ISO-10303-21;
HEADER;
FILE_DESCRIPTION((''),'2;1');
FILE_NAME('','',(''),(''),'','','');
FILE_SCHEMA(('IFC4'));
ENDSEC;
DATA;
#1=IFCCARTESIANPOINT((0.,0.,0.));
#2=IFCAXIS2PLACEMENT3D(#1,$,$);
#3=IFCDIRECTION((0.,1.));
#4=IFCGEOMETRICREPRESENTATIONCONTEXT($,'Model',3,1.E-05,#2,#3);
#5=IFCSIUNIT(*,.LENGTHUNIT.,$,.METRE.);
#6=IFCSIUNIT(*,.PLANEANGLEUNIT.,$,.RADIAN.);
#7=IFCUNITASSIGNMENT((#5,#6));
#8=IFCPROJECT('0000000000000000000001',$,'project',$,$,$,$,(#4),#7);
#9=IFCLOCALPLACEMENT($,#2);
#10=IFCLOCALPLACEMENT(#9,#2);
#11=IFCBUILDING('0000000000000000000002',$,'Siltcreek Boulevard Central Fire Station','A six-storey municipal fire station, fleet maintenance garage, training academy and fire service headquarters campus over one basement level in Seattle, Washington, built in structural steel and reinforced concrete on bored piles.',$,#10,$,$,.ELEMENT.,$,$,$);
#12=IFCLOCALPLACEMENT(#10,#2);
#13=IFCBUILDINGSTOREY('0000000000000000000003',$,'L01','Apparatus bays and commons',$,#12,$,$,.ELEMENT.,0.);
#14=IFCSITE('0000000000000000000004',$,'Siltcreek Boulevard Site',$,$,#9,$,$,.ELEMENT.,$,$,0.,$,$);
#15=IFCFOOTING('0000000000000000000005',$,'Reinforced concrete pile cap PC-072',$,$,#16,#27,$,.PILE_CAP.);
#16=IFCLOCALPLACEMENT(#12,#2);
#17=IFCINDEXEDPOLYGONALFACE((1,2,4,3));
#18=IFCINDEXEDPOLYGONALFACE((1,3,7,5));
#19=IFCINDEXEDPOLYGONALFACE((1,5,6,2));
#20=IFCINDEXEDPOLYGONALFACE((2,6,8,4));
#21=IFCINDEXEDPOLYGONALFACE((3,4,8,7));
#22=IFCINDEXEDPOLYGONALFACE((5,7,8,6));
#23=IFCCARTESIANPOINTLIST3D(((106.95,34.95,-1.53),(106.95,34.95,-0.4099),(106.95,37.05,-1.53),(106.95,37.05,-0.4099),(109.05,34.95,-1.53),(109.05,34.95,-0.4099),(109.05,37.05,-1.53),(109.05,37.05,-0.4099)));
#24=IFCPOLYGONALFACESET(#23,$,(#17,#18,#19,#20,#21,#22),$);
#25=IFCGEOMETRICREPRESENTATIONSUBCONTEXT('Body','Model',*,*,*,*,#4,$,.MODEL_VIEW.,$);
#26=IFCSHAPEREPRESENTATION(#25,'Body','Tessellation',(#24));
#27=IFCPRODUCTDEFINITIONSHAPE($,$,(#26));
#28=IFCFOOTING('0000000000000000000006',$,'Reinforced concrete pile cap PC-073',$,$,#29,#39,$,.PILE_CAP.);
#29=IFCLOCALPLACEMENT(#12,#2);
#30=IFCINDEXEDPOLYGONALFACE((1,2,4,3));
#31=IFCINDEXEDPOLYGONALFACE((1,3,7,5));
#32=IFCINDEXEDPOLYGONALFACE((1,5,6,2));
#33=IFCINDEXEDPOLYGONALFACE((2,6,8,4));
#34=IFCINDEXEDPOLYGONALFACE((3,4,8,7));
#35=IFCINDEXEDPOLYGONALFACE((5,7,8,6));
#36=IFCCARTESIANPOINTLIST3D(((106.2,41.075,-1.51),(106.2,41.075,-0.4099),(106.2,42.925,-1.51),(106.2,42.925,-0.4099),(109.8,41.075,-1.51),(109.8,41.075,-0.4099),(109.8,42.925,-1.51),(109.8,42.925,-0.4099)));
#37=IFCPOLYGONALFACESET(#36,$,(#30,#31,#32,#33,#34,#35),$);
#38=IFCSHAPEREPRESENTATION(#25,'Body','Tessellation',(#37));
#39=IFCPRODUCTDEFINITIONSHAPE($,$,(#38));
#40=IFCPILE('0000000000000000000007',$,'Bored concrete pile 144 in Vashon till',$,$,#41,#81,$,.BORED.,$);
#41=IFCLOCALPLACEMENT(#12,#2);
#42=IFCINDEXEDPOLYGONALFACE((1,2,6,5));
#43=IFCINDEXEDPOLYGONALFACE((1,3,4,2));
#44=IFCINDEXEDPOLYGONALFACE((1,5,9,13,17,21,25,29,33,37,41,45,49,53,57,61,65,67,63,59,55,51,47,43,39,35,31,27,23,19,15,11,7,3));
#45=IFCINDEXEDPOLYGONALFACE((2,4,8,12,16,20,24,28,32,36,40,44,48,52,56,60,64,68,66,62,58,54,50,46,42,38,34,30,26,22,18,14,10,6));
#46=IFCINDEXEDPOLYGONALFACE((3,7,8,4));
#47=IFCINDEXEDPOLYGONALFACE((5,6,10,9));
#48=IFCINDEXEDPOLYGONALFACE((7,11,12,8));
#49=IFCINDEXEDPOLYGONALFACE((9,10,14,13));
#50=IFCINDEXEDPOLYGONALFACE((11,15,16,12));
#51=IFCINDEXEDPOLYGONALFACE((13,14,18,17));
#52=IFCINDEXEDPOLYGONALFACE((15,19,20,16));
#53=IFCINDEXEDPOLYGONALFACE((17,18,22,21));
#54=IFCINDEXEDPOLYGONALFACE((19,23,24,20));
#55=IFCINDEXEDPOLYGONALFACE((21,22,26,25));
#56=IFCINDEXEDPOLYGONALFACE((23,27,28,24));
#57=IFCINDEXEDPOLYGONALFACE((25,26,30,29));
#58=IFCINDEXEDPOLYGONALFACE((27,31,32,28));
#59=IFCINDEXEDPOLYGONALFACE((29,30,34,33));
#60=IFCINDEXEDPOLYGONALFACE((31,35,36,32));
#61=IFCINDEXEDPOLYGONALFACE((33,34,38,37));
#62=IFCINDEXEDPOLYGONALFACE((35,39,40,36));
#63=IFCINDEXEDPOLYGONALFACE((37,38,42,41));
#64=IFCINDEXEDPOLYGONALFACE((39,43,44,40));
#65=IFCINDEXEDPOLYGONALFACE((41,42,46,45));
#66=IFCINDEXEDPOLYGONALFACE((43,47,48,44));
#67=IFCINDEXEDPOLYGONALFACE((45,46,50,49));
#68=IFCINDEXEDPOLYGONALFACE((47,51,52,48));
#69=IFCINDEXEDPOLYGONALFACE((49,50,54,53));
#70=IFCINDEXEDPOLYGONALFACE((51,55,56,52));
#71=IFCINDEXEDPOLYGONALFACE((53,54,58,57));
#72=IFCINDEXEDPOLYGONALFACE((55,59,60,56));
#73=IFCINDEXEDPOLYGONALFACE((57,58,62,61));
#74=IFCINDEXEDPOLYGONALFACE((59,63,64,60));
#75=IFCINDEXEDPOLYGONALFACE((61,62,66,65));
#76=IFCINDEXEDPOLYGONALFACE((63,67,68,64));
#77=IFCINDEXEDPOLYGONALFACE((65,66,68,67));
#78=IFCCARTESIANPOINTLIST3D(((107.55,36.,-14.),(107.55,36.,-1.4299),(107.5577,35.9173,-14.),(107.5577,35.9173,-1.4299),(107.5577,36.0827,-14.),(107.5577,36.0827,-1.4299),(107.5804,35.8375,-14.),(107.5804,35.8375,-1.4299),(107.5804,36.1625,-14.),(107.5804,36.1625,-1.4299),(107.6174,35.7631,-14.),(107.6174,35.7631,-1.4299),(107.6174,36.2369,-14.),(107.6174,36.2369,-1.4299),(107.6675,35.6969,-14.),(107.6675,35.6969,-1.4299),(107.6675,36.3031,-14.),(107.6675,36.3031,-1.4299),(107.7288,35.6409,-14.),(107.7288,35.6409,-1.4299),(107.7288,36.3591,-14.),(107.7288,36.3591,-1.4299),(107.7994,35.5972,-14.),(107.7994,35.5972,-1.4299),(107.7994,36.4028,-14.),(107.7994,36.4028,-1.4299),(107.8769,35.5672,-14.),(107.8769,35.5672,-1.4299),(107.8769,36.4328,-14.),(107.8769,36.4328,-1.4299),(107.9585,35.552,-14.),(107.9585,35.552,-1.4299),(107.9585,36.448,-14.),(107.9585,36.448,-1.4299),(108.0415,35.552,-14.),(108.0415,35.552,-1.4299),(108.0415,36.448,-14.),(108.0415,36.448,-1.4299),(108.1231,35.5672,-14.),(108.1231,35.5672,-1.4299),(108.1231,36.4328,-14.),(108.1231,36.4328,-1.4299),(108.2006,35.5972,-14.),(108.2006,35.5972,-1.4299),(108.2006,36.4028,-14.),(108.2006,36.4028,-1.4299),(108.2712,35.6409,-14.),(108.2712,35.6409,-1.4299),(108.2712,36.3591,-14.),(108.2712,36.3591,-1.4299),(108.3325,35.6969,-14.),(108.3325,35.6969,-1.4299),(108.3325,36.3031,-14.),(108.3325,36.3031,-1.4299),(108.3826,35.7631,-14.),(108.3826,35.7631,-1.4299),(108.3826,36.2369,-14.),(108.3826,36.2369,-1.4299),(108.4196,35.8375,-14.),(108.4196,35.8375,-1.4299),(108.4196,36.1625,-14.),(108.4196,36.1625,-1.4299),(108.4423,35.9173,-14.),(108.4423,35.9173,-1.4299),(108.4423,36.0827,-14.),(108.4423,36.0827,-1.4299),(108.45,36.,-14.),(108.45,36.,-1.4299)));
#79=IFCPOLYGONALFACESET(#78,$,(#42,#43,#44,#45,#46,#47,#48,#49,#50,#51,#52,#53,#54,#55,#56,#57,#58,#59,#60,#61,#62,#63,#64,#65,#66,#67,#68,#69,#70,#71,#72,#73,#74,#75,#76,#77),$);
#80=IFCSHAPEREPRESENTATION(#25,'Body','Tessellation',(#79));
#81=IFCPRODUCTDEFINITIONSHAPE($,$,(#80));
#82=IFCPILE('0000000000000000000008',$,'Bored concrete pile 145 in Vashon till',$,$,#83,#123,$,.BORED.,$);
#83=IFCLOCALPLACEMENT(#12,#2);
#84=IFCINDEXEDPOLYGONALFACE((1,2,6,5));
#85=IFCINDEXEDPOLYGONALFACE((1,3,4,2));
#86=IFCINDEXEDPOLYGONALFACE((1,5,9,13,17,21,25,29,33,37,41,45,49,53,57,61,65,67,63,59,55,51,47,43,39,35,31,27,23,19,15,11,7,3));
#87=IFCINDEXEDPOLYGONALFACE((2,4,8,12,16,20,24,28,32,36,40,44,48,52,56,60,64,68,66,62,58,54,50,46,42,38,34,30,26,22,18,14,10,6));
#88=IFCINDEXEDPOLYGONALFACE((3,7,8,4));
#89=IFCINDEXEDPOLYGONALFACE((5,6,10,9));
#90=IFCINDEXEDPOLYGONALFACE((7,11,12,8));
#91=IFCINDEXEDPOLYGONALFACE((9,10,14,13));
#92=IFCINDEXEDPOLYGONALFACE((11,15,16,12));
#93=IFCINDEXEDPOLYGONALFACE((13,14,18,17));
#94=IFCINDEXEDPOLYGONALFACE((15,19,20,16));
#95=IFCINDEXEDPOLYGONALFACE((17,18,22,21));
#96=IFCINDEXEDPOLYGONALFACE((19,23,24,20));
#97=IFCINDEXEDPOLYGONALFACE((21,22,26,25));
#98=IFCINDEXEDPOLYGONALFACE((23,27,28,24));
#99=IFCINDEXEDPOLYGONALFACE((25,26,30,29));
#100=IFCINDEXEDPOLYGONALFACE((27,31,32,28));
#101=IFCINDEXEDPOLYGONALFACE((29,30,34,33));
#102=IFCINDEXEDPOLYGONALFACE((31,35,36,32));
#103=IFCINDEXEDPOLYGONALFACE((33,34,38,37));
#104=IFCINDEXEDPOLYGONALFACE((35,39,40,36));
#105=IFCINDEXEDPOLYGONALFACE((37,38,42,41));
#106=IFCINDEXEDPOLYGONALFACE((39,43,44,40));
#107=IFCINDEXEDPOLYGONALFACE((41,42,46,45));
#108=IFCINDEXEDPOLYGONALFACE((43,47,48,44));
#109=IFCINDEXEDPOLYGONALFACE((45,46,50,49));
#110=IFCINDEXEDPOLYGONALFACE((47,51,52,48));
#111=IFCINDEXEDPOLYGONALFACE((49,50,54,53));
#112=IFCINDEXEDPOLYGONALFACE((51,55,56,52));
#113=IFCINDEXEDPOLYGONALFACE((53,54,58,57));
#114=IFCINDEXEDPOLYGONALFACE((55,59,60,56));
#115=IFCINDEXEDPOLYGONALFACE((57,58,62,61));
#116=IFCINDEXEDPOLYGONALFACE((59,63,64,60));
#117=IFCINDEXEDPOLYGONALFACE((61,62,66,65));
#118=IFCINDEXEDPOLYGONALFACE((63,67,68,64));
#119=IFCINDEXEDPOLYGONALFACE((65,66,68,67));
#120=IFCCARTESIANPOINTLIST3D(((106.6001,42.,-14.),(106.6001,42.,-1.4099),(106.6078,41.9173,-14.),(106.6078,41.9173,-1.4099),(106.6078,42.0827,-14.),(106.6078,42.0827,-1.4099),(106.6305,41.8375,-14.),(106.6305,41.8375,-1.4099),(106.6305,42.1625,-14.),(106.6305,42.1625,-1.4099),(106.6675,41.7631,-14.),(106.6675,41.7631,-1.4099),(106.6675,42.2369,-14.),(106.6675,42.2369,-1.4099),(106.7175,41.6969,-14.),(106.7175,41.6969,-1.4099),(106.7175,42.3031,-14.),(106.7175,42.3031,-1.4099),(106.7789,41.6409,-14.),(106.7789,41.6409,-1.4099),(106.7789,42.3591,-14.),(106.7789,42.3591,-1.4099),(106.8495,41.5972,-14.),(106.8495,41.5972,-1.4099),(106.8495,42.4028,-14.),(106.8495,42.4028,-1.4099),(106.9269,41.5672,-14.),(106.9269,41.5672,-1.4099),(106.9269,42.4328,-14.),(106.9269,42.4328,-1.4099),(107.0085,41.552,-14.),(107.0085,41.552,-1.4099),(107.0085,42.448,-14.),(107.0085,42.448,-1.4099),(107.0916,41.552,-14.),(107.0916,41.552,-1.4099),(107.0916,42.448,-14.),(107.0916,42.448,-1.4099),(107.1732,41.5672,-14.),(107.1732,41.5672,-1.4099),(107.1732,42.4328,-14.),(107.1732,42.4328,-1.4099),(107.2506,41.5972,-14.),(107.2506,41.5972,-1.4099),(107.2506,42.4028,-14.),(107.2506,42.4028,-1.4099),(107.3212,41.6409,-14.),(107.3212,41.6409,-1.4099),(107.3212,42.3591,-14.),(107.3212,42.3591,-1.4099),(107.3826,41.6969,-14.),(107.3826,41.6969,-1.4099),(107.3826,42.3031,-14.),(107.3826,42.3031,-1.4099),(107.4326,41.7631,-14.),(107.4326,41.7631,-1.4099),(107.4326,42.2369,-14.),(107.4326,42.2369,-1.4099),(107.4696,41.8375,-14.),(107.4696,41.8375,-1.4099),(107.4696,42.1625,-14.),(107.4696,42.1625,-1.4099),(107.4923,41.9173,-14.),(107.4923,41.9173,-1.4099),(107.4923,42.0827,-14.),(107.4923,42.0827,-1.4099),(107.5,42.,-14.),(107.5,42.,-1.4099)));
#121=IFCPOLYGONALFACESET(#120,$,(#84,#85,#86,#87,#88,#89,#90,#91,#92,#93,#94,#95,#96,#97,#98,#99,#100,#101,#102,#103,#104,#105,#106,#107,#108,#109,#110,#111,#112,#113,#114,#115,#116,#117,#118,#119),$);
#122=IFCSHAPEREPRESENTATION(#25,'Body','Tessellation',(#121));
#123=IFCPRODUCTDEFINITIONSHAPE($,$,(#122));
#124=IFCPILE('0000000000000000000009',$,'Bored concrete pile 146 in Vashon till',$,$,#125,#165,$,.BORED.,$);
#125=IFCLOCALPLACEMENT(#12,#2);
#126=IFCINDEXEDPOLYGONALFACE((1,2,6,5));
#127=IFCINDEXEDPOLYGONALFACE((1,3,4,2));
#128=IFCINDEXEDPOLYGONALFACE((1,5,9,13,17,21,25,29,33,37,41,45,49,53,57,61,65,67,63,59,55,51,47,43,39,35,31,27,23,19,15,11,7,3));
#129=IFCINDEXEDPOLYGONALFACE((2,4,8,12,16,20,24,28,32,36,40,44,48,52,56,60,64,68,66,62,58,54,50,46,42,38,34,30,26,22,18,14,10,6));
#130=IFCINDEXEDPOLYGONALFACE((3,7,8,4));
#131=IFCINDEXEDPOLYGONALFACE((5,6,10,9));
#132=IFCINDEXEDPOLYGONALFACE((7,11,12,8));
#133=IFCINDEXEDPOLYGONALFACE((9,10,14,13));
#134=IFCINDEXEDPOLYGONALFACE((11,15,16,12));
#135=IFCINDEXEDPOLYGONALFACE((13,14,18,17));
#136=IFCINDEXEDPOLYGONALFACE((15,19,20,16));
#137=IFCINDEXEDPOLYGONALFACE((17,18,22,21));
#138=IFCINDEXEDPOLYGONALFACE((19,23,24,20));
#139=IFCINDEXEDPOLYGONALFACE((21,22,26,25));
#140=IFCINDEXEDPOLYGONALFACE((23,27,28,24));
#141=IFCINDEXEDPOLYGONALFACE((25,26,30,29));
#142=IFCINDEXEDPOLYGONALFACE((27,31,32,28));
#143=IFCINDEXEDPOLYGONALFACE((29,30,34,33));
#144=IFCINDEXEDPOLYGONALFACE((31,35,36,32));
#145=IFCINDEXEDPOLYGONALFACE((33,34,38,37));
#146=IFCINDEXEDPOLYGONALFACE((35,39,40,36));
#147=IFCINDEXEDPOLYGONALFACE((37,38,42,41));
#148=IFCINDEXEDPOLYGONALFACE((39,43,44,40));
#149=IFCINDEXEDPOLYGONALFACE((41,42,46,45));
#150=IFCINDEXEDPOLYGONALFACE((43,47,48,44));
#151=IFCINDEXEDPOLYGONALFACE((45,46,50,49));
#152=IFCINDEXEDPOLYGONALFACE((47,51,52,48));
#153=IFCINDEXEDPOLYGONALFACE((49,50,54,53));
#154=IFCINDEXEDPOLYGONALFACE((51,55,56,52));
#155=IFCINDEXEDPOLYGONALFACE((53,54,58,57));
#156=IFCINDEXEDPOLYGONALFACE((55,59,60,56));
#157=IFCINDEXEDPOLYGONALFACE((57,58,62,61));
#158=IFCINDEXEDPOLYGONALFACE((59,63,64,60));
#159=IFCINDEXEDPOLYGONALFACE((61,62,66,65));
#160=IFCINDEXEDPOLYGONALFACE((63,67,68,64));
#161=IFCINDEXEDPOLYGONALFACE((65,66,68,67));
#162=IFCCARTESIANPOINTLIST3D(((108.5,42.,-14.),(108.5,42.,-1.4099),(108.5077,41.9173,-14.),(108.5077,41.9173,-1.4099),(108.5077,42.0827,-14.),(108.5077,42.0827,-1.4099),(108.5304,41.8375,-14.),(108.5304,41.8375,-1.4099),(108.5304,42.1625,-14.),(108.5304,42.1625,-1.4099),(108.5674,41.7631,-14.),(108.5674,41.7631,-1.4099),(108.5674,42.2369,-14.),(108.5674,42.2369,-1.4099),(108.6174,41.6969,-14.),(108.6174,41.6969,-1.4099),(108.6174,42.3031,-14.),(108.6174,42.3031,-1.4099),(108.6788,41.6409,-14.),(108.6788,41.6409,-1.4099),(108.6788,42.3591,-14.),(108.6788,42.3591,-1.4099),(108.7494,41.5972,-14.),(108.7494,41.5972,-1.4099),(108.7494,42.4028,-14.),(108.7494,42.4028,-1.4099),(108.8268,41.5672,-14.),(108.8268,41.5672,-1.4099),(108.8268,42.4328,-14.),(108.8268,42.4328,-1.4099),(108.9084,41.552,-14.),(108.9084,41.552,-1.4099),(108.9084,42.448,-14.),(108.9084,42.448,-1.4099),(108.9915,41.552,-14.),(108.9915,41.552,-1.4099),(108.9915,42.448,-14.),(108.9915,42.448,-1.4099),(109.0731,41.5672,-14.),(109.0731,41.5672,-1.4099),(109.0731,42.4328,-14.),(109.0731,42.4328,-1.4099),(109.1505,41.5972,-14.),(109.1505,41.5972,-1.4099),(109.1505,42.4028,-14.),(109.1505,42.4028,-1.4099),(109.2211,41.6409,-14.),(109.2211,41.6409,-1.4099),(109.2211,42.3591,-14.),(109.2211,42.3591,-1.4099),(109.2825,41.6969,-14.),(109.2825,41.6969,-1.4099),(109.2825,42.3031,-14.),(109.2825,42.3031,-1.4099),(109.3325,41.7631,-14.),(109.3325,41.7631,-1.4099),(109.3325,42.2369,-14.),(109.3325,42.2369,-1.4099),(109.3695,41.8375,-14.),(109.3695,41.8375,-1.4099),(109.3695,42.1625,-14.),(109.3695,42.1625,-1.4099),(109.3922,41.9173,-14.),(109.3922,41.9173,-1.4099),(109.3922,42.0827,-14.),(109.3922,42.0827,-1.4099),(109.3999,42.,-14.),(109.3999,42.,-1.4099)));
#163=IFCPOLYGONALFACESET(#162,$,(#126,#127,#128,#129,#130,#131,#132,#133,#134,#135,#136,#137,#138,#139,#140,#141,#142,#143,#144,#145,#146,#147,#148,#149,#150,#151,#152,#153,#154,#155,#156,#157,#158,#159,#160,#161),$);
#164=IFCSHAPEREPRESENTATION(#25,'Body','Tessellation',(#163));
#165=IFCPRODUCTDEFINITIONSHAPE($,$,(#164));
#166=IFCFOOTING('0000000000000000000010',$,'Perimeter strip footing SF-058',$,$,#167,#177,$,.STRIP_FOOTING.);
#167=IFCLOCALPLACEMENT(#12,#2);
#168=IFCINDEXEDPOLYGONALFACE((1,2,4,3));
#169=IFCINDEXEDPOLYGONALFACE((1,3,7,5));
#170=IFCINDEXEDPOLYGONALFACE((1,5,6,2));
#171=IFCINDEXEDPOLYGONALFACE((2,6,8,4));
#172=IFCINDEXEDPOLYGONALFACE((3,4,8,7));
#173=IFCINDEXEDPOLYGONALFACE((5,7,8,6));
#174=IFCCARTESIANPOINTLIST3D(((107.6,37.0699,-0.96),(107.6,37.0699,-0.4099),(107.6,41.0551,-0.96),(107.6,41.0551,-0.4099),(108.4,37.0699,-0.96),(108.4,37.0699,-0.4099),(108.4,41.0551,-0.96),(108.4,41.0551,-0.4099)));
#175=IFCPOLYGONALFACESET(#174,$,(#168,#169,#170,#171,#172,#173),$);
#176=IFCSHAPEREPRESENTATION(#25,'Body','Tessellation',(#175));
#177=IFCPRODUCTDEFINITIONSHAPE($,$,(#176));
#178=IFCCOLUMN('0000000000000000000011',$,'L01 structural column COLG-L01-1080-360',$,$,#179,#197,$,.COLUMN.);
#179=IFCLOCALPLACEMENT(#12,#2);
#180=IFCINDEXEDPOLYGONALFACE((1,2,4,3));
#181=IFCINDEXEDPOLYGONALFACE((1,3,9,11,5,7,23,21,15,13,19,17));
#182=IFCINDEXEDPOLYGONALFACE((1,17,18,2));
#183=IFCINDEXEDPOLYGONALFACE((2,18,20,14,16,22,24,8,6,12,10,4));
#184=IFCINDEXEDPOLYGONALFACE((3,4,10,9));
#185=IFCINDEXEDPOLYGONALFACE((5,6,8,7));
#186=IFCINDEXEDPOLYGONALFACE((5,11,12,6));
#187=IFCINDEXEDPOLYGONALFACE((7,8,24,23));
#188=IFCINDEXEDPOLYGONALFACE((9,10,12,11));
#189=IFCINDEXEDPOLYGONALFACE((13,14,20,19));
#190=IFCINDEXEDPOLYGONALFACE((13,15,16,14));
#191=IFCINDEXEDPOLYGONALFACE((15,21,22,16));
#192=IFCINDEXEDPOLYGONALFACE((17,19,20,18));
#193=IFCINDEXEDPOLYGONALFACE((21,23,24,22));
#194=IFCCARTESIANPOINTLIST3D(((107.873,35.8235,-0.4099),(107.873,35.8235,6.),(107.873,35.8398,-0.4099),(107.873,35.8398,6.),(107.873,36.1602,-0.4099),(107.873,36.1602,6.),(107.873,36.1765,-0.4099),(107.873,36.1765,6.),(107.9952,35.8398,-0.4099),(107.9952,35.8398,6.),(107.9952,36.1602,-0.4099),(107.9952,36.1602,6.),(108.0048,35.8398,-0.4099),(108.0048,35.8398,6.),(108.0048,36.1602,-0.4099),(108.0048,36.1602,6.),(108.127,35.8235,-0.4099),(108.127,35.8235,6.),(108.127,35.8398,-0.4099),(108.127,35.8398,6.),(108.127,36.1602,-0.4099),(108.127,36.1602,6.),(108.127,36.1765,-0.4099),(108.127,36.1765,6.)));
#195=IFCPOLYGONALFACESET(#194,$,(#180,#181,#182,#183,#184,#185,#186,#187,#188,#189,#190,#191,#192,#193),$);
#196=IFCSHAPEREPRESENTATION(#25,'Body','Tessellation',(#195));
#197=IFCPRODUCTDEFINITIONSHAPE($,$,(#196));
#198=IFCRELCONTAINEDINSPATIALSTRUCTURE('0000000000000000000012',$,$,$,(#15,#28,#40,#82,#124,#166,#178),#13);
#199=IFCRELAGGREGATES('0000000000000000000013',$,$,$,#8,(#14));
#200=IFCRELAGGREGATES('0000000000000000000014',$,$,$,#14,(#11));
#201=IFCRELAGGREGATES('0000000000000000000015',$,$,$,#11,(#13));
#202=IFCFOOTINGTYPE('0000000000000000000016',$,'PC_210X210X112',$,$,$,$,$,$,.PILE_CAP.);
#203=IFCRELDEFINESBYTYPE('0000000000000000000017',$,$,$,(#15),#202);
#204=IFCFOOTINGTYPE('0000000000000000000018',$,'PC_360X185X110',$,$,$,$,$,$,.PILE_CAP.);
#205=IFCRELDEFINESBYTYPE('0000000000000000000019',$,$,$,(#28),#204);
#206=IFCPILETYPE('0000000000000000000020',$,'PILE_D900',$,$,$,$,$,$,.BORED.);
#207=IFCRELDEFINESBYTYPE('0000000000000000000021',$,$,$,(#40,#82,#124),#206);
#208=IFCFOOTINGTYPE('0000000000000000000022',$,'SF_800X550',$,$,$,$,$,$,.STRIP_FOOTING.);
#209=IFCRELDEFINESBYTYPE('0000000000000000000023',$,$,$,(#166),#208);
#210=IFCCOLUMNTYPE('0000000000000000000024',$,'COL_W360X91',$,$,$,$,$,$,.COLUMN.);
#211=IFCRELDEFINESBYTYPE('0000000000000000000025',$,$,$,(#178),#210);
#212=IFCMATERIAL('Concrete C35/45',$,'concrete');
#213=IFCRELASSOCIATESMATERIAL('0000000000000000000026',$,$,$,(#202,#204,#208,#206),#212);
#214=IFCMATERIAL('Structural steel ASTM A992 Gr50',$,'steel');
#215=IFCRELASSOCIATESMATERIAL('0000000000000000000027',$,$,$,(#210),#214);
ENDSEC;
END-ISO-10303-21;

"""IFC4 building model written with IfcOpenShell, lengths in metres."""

from ifc_helpers import new_model, si_unit, direction, frame, origin, origin_2d, place, context, subcontext, project, spatial, rectangle, circle, i_section, extrude, material, material_profile, profile_set, type_object, element, save


model = new_model("IFC4")

# Units and contexts
model_context = context("Model", 3, precision=1e-05, world=origin(), true_north=direction((0.0, 1.0)))
body_context = subcontext(model_context, "Body", "Model", "MODEL_VIEW")
ifc_project = project(units=[si_unit("LENGTHUNIT", "METRE"), si_unit("PLANEANGLEUNIT", "RADIAN")], contexts=[model_context])

# Site, building, storey
site_placement = place(None, origin())
site = spatial("IfcSite", under=ifc_project, at=site_placement, Name="Siltcreek Boulevard Site", CompositionType="ELEMENT", RefElevation=0.0)
building_placement = place(site_placement, origin())
building = spatial("IfcBuilding", under=site, at=building_placement, Name="Siltcreek Boulevard Central Fire Station", Description="A six-storey municipal fire station, fleet maintenance garage, training academy and fire service headquarters campus over one basement level in Seattle, Washington, built in structural steel and reinforced concrete on bored piles.", CompositionType="ELEMENT")
storey_placement = place(building_placement, origin())
storey = spatial("IfcBuildingStorey", under=building, at=storey_placement, Name="L01", Description="Apparatus bays and commons", CompositionType="ELEMENT", Elevation=0.0)

# Footings
ifc_material_1 = material(Name="Concrete C35/45", Category="concrete")
footing_type_1 = type_object("IfcFootingType", Name="PC_210X210X112", PredefinedType="PILE_CAP", material=ifc_material_1)
footing_1_placement = place(storey_placement, frame((108.0, 36.0, -1.53), z_axis=(0.0, 0.0, 1.0), x_axis=(1.0, 0.0, 0.0)))
element("IfcFooting", 1, at=footing_1_placement, inside=storey, type_object=footing_type_1, Name="Reinforced concrete pile cap PC-072", PredefinedType="PILE_CAP", context=body_context, shape_type="SweptSolid", body=[
    extrude(rectangle(XDim=2.1001, YDim=2.1001, at=origin_2d()), origin(), (0.0, 0.0, 1.0), 1.1201),
])
footing_type_2 = type_object("IfcFootingType", Name="PC_360X185X110", PredefinedType="PILE_CAP", material=ifc_material_1)
footing_2_placement = place(storey_placement, frame((108.0, 42.0, -1.51), z_axis=(0.0, 0.0, 1.0), x_axis=(1.0, 0.0, 0.0)))
element("IfcFooting", 2, at=footing_2_placement, inside=storey, type_object=footing_type_2, Name="Reinforced concrete pile cap PC-073", PredefinedType="PILE_CAP", context=body_context, shape_type="SweptSolid", body=[
    extrude(rectangle(XDim=3.6001, YDim=1.8501, at=origin_2d()), origin(), (0.0, 0.0, 1.0), 1.1001),
])

# Piles
ifc_material_profile_1 = material_profile(ifc_material_1, circle(Radius=0.45, at=origin_2d()), Name="SHAFT900")
ifc_profile_set_1 = profile_set([ifc_material_profile_1], Name="Concrete C35/45")
pile_type = type_object("IfcPileType", Name="PILE_D900", PredefinedType="BORED", material=ifc_profile_set_1)
pile_placement = place(storey_placement, frame((108.0, 36.0, -1.4299), z_axis=(0.0, 0.0, -1.0), x_axis=(1.0, 0.0, 0.0)))
element("IfcPile", 3, at=pile_placement, inside=storey, type_object=pile_type, Name="Bored concrete pile 144 in Vashon till", PredefinedType="BORED", context=body_context, shape_type="SweptSolid", body=[
    extrude(circle(Radius=0.45, at=origin_2d()), origin(), (0.0, 0.0, 1.0), 12.5701),
])
for number, where, z_axis, x_axis, name in (
    (4, (107.05, 42.0, -1.4099), (0.0, 0.0, -1.0), (1.0, 0.0, 0.0), "Bored concrete pile 145 in Vashon till"),
    (5, (108.95, 42.0, -1.4099), (0.0, 0.0, -1.0), (1.0, 0.0, 0.0), "Bored concrete pile 146 in Vashon till"),
):
    element("IfcPile", number, at=place(storey_placement, frame(where, z_axis=z_axis, x_axis=x_axis)), inside=storey, type_object=pile_type, Name=name, PredefinedType="BORED", context=body_context, shape_type="SweptSolid", body=[
        extrude(circle(Radius=0.45, at=origin_2d()), origin(), (0.0, 0.0, 1.0), 12.5901),
    ])

# Footing
footing_type_3 = type_object("IfcFootingType", Name="SF_800X550", PredefinedType="STRIP_FOOTING", material=ifc_material_1)
footing_3_placement = place(storey_placement, frame((108.0, 39.0625, -0.96), z_axis=(0.0, 0.0, 1.0), x_axis=(1.0, 0.0, 0.0)))
element("IfcFooting", 6, at=footing_3_placement, inside=storey, type_object=footing_type_3, Name="Perimeter strip footing SF-058", PredefinedType="STRIP_FOOTING", context=body_context, shape_type="SweptSolid", body=[
    extrude(rectangle(XDim=0.8, YDim=3.9851, at=origin_2d()), origin(), (0.0, 0.0, 1.0), 0.55),
])

# Column
ifc_material_2 = material(Name="Structural steel ASTM A992 Gr50", Category="steel")
ifc_material_profile_2 = material_profile(ifc_material_2, i_section(OverallWidth=0.2539, OverallDepth=0.353, WebThickness=0.0095, FlangeThickness=0.0164, at=origin_2d()), Name="W360X91")
ifc_profile_set_2 = profile_set([ifc_material_profile_2], Name="Structural steel ASTM A992 Gr50")
column_type = type_object("IfcColumnType", Name="COL_W360X91", PredefinedType="COLUMN", material=ifc_profile_set_2)
for number, where, z_axis, x_axis, name in (
    (7, (108.0, 36.0, -0.4099), (0.0, 0.0, 1.0), (1.0, 0.0, 0.0), "L01 structural column COLG-L01-1080-360"),
):
    element("IfcColumn", number, at=place(storey_placement, frame(where, z_axis=z_axis, x_axis=x_axis)), inside=storey, type_object=column_type, Name=name, PredefinedType="COLUMN", context=body_context, shape_type="SweptSolid", body=[
        extrude(i_section(OverallWidth=0.2539, OverallDepth=0.353, WebThickness=0.0095, FlangeThickness=0.0164, at=origin_2d()), origin(), (0.0, 0.0, 1.0), 6.4099),
    ])

save(model, "model.ifc")
